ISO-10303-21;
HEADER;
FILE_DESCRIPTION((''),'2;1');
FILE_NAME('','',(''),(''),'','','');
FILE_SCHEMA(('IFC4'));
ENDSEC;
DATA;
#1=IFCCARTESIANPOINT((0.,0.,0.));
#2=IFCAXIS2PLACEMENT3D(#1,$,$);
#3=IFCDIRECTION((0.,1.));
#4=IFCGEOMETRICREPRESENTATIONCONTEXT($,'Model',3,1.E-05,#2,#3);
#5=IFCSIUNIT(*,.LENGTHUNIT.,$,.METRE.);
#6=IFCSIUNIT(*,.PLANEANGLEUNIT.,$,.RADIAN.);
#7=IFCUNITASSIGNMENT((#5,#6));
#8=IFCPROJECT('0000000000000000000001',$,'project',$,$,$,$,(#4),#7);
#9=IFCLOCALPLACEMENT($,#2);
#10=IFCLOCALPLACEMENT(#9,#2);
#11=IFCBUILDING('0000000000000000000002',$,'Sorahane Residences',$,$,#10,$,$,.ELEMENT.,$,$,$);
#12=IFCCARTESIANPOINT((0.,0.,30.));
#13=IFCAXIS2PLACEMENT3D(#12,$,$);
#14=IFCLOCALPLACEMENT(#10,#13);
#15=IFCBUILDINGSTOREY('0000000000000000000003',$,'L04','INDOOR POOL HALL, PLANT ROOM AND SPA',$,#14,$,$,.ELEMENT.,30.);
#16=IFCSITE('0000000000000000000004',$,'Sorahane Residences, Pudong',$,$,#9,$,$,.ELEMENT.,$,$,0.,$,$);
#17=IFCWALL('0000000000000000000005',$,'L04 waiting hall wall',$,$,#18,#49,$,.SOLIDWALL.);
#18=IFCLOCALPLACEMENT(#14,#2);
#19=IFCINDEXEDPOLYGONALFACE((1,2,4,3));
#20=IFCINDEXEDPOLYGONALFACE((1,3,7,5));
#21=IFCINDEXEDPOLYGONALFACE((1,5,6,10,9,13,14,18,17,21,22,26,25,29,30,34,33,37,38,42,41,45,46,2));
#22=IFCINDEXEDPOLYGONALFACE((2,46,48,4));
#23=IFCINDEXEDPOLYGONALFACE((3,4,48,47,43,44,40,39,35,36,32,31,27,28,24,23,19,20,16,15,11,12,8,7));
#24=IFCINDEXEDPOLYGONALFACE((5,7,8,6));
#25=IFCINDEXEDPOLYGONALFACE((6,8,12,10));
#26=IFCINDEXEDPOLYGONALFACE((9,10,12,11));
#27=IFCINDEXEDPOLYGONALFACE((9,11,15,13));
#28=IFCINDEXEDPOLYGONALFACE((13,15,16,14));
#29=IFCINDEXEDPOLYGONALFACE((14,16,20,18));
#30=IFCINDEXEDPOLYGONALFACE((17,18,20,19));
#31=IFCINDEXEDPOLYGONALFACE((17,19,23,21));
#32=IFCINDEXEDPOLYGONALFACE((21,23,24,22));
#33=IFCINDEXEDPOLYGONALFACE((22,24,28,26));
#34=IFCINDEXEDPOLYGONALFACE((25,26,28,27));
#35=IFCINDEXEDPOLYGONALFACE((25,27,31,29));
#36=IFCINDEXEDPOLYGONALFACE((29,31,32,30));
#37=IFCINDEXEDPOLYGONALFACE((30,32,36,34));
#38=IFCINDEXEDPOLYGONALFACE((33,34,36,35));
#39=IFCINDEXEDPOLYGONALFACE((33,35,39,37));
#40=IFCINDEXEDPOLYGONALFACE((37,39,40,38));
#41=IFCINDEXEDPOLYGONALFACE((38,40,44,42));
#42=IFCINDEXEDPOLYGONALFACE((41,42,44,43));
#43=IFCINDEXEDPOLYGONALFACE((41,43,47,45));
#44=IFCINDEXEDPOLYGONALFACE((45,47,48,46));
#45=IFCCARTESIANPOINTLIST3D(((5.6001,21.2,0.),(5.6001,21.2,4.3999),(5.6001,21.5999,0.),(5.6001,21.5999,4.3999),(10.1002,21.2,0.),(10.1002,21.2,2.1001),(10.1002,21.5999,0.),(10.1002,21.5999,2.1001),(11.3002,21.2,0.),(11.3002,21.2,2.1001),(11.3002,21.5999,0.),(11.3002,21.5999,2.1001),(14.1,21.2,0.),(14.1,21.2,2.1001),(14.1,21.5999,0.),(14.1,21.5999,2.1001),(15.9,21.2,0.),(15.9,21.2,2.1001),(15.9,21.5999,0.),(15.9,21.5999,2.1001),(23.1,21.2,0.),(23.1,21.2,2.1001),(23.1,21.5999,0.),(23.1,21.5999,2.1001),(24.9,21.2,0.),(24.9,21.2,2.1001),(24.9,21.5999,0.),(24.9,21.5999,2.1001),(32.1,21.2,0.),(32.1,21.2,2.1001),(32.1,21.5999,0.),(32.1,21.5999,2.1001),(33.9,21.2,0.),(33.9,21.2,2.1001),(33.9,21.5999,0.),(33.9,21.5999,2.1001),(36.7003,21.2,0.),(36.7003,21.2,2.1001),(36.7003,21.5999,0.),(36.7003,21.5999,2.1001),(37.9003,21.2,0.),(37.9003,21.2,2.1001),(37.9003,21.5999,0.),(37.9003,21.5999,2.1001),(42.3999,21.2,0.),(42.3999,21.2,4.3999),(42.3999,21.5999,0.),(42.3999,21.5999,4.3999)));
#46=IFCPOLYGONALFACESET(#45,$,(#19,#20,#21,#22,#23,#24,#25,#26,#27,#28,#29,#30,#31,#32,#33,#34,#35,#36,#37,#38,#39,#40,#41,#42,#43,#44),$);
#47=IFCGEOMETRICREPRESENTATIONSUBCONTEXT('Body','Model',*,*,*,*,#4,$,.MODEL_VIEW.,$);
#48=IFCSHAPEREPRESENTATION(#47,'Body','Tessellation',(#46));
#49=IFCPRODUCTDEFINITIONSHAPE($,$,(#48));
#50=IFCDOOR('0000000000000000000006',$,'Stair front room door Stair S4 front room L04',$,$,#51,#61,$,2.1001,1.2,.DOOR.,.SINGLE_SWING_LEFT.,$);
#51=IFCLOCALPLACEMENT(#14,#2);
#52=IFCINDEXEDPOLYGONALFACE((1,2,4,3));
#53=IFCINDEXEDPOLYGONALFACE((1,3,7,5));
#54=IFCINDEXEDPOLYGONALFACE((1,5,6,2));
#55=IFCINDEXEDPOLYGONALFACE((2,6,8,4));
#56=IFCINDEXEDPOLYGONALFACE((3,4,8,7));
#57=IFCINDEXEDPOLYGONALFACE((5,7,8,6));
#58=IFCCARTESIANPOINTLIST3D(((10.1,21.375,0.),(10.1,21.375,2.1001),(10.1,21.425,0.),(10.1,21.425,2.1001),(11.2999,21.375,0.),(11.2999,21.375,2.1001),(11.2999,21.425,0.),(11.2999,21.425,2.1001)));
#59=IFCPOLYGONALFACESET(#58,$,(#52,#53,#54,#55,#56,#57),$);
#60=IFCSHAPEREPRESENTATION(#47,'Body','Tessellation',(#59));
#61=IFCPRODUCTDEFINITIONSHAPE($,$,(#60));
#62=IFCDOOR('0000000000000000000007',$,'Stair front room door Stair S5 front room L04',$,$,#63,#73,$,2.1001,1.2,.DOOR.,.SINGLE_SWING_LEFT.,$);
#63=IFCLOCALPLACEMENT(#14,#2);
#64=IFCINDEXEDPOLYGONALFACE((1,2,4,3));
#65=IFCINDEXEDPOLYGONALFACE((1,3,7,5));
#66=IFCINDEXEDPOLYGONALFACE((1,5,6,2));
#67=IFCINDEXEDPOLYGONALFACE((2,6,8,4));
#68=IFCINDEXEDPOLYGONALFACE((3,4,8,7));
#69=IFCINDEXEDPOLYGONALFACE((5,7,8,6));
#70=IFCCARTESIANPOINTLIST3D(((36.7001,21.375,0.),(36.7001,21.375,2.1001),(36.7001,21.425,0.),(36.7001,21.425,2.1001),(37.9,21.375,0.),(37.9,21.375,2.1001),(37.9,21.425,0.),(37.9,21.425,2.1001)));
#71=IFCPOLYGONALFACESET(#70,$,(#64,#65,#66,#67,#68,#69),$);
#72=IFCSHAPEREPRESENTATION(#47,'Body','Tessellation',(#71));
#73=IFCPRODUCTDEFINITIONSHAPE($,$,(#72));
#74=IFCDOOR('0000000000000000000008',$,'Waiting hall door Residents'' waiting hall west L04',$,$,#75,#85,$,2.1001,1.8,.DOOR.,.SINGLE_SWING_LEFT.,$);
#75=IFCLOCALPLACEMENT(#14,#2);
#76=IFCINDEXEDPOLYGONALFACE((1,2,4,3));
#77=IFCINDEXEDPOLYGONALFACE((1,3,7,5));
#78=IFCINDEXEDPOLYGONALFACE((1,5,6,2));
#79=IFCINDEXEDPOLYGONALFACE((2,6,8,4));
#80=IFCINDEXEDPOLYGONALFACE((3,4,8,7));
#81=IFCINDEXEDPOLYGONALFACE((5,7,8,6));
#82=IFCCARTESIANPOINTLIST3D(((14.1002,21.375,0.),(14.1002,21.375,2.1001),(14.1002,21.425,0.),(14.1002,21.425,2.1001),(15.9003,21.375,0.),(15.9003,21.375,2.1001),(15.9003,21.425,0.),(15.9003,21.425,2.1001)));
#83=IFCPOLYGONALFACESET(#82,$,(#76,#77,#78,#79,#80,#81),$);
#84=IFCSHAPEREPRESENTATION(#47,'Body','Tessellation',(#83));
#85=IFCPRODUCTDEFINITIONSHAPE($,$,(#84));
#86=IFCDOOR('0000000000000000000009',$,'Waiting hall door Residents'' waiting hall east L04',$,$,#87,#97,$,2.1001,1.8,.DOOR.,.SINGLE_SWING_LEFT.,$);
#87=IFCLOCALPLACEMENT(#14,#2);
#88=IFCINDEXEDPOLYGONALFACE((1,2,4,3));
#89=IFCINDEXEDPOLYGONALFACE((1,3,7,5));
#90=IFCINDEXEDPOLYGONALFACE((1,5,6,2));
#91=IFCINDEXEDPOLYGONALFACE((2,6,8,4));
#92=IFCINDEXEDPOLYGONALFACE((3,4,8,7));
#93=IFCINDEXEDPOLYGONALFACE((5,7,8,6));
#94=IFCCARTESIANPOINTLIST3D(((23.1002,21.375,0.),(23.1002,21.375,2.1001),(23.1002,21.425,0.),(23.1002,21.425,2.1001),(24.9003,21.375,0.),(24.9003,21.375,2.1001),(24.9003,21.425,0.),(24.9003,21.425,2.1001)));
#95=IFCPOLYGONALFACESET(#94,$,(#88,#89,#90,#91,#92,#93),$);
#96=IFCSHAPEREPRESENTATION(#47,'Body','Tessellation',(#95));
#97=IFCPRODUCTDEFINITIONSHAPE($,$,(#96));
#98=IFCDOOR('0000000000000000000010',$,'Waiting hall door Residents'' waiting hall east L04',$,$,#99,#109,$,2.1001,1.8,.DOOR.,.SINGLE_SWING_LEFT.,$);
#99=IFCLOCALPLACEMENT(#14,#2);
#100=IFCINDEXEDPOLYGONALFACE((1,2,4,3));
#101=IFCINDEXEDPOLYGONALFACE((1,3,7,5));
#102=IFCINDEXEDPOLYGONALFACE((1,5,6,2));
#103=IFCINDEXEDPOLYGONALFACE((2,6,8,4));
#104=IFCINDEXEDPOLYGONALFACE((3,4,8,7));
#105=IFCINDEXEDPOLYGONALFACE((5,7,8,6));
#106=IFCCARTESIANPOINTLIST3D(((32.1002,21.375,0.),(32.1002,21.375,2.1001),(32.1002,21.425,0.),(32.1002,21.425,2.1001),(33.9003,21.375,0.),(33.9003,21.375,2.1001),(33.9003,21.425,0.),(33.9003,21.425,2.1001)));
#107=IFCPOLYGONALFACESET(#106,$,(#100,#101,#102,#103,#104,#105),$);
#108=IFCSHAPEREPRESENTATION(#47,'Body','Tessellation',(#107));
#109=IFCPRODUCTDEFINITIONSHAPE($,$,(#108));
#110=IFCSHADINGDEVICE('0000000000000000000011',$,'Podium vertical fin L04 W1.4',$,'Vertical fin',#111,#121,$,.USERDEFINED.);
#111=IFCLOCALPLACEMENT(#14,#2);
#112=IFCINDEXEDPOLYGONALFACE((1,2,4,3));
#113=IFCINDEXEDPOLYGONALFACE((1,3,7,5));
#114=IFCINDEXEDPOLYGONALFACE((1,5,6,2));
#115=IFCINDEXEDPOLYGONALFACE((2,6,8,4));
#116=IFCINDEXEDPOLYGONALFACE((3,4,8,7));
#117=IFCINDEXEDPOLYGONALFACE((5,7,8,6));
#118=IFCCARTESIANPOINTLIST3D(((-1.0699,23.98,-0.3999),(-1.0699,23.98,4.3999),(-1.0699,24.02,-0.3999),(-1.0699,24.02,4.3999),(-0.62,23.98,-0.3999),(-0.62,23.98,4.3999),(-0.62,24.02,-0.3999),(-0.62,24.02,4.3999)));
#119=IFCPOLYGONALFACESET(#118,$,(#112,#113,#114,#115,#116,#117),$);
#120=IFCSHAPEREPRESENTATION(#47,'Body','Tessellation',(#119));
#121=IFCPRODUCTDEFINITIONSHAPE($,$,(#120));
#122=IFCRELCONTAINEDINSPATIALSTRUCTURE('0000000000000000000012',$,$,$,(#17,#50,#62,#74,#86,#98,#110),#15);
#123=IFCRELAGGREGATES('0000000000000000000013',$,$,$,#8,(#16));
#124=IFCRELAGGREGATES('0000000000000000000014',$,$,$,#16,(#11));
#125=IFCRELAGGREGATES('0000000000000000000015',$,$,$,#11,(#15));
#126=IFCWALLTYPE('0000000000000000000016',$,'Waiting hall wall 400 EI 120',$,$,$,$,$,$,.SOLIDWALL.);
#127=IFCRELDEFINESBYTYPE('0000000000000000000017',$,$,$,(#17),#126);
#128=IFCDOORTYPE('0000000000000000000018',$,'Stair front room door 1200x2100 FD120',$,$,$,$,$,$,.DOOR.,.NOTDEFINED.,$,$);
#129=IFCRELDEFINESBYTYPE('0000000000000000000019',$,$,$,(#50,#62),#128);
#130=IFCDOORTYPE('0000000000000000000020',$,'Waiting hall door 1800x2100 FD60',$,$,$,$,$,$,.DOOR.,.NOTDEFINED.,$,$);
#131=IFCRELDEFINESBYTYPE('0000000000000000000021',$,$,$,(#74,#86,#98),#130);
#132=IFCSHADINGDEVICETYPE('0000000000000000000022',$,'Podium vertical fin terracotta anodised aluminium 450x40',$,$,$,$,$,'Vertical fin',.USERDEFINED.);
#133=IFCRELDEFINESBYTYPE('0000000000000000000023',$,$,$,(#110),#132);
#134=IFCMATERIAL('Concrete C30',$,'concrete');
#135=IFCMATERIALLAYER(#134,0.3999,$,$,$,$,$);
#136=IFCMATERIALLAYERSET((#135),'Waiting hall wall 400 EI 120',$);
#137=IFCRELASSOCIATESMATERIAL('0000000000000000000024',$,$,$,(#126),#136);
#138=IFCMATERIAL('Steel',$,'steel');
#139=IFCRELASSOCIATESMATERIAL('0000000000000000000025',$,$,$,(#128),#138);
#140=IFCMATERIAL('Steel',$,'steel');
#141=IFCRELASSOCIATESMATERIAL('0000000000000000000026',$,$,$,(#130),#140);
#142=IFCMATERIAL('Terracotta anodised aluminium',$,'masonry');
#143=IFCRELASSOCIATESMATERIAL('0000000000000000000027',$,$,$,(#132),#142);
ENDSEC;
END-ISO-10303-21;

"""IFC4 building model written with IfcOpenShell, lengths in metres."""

from ifc_helpers import new_model, si_unit, direction, frame, frame_2d, origin, origin_2d, place, context, subcontext, project, spatial, rectangle, extrude, material, layer, layer_set, material_profile, profile_set, type_object, element, fill, save


model = new_model("IFC4")

# Units and contexts
model_context = context("Model", 3, precision=1e-05, world=origin(), true_north=direction((0.0, 1.0)))
body_context = subcontext(model_context, "Body", "Model", "MODEL_VIEW")
ifc_project = project(units=[si_unit("LENGTHUNIT", "METRE"), si_unit("PLANEANGLEUNIT", "RADIAN")], contexts=[model_context])

# Site, building, storey
site_placement = place(None, origin())
site = spatial("IfcSite", under=ifc_project, at=site_placement, Name="Sorahane Residences, Pudong", CompositionType="ELEMENT", RefElevation=0.0)
building_placement = place(site_placement, origin())
building = spatial("IfcBuilding", under=site, at=building_placement, Name="Sorahane Residences", CompositionType="ELEMENT")
storey_placement = place(building_placement, frame((0.0, 0.0, 30.0)))
storey = spatial("IfcBuildingStorey", under=building, at=storey_placement, Name="L04", Description="INDOOR POOL HALL, PLANT ROOM AND SPA", CompositionType="ELEMENT", Elevation=30.0)

# Wall, openings, doors
ifc_material_1 = material(Name="Concrete C30", Category="concrete")
ifc_layer_1 = layer(ifc_material_1, 0.3999)
ifc_layer_set_1 = layer_set([ifc_layer_1], Name="Waiting hall wall 400 EI 120")
wall_type_1 = type_object("IfcWallType", Name="Waiting hall wall 400 EI 120", PredefinedType="SOLIDWALL", material=ifc_layer_set_1)
wall_1_placement = place(storey_placement, frame((5.6001, 21.3999, 0.0), z_axis=(0.0, 0.0, 1.0), x_axis=(1.0, 0.0, 0.0)))
wall_1 = element("IfcWall", 1, at=wall_1_placement, inside=storey, type_object=wall_type_1, Name="L04 waiting hall wall", PredefinedType="SOLIDWALL", context=body_context, shape_type="SweptSolid", body=[
    extrude(rectangle(XDim=36.7998, YDim=0.3999, at=frame_2d((18.3999, 0.0))), origin(), (0.0, 0.0, 1.0), 4.3999),
])
opening_1_placement = place(wall_1_placement, frame((8.5, 0.0, 0.0)))
opening_1 = element("IfcOpeningElement", 2, at=opening_1_placement, cuts=wall_1, PredefinedType="OPENING", context=body_context, shape_type="SweptSolid", body=[
    extrude(rectangle(XDim=1.8, YDim=2.1001, at=frame_2d((0.8999, 1.05))), frame((0.0, 0.21, 0.0), z_axis=(0.0, -1.0, 0.0), x_axis=(1.0, 0.0, 0.0)), (0.0, 0.0, 1.0), 0.4199),
])
opening_2_placement = place(wall_1_placement, frame((17.5, 0.0, 0.0)))
opening_2 = element("IfcOpeningElement", 3, at=opening_2_placement, cuts=wall_1, PredefinedType="OPENING", context=body_context, shape_type="SweptSolid", body=[
    extrude(rectangle(XDim=1.8, YDim=2.1001, at=frame_2d((0.8999, 1.05))), frame((0.0, 0.21, 0.0), z_axis=(0.0, -1.0, 0.0), x_axis=(1.0, 0.0, 0.0)), (0.0, 0.0, 1.0), 0.4199),
])
opening_3_placement = place(wall_1_placement, frame((26.5, 0.0, 0.0)))
opening_3 = element("IfcOpeningElement", 4, at=opening_3_placement, cuts=wall_1, PredefinedType="OPENING", context=body_context, shape_type="SweptSolid", body=[
    extrude(rectangle(XDim=1.8, YDim=2.1001, at=frame_2d((0.8999, 1.05))), frame((0.0, 0.21, 0.0), z_axis=(0.0, -1.0, 0.0), x_axis=(1.0, 0.0, 0.0)), (0.0, 0.0, 1.0), 0.4199),
])
opening_4_placement = place(wall_1_placement, frame((4.5, 0.0, 0.0)))
opening_4 = element("IfcOpeningElement", 5, at=opening_4_placement, cuts=wall_1, PredefinedType="OPENING", context=body_context, shape_type="SweptSolid", body=[
    extrude(rectangle(XDim=1.2, YDim=2.1001, at=frame_2d((0.6001, 1.05))), frame((0.0, 0.21, 0.0), z_axis=(0.0, -1.0, 0.0), x_axis=(1.0, 0.0, 0.0)), (0.0, 0.0, 1.0), 0.4199),
])
opening_5_placement = place(wall_1_placement, frame((31.1001, 0.0, 0.0)))
opening_5 = element("IfcOpeningElement", 6, at=opening_5_placement, cuts=wall_1, PredefinedType="OPENING", context=body_context, shape_type="SweptSolid", body=[
    extrude(rectangle(XDim=1.2, YDim=2.1001, at=frame_2d((0.6001, 1.05))), frame((0.0, 0.21, 0.0), z_axis=(0.0, -1.0, 0.0), x_axis=(1.0, 0.0, 0.0)), (0.0, 0.0, 1.0), 0.4199),
])
ifc_material_2 = material(Name="Steel", Category="steel")
door_type_1 = type_object("IfcDoorType", Name="Stair front room door 1200x2100 FD120", OperationType="NOTDEFINED", PredefinedType="DOOR", material=ifc_material_2)
door_1_placement = place(opening_4_placement, frame((1.2, 0.0, 0.0), z_axis=(0.0, 0.0, 1.0), x_axis=(-1.0, 0.0, 0.0)))
door_1 = element("IfcDoor", 7, at=door_1_placement, inside=storey, type_object=door_type_1, Name="Stair front room door Stair S4 front room L04", OperationType="SINGLE_SWING_LEFT", OverallHeight=2.1001, OverallWidth=1.2, PredefinedType="DOOR", context=body_context, shape_type="SweptSolid", body=[
    extrude(rectangle(XDim=1.2, YDim=2.1001, at=frame_2d((0.6001, 1.05))), frame((0.0, 0.0249, 0.0), z_axis=(0.0, -1.0, 0.0), x_axis=(1.0, 0.0, 0.0)), (0.0, 0.0, 1.0), 0.05),
])
fill(opening_4, door_1)
door_2_placement = place(opening_5_placement, frame((1.2, 0.0, 0.0), z_axis=(0.0, 0.0, 1.0), x_axis=(-1.0, 0.0, 0.0)))
door_2 = element("IfcDoor", 8, at=door_2_placement, inside=storey, type_object=door_type_1, Name="Stair front room door Stair S5 front room L04", OperationType="SINGLE_SWING_LEFT", OverallHeight=2.1001, OverallWidth=1.2, PredefinedType="DOOR", context=body_context, shape_type="SweptSolid", body=[
    extrude(rectangle(XDim=1.2, YDim=2.1001, at=frame_2d((0.6001, 1.05))), frame((0.0, 0.0249, 0.0), z_axis=(0.0, -1.0, 0.0), x_axis=(1.0, 0.0, 0.0)), (0.0, 0.0, 1.0), 0.05),
])
fill(opening_5, door_2)
ifc_material_3 = material(Name="Steel", Category="steel")
door_type_2 = type_object("IfcDoorType", Name="Waiting hall door 1800x2100 FD60", OperationType="NOTDEFINED", PredefinedType="DOOR", material=ifc_material_3)
door_3_placement = place(opening_1_placement, frame((1.8, 0.0, 0.0), z_axis=(0.0, 0.0, 1.0), x_axis=(-1.0, 0.0, 0.0)))
door_3 = element("IfcDoor", 9, at=door_3_placement, inside=storey, type_object=door_type_2, Name="Waiting hall door Residents' waiting hall west L04", OperationType="SINGLE_SWING_LEFT", OverallHeight=2.1001, OverallWidth=1.8, PredefinedType="DOOR", context=body_context, shape_type="SweptSolid", body=[
    extrude(rectangle(XDim=1.8, YDim=2.1001, at=frame_2d((0.8999, 1.05))), frame((0.0, 0.0249, 0.0), z_axis=(0.0, -1.0, 0.0), x_axis=(1.0, 0.0, 0.0)), (0.0, 0.0, 1.0), 0.05),
])
fill(opening_1, door_3)
door_4_placement = place(opening_2_placement, frame((1.8, 0.0, 0.0), z_axis=(0.0, 0.0, 1.0), x_axis=(-1.0, 0.0, 0.0)))
door_4 = element("IfcDoor", 10, at=door_4_placement, inside=storey, type_object=door_type_2, Name="Waiting hall door Residents' waiting hall east L04", OperationType="SINGLE_SWING_LEFT", OverallHeight=2.1001, OverallWidth=1.8, PredefinedType="DOOR", context=body_context, shape_type="SweptSolid", body=[
    extrude(rectangle(XDim=1.8, YDim=2.1001, at=frame_2d((0.8999, 1.05))), frame((0.0, 0.0249, 0.0), z_axis=(0.0, -1.0, 0.0), x_axis=(1.0, 0.0, 0.0)), (0.0, 0.0, 1.0), 0.05),
])
fill(opening_2, door_4)
door_5_placement = place(opening_3_placement, frame((1.8, 0.0, 0.0), z_axis=(0.0, 0.0, 1.0), x_axis=(-1.0, 0.0, 0.0)))
door_5 = element("IfcDoor", 11, at=door_5_placement, inside=storey, type_object=door_type_2, Name="Waiting hall door Residents' waiting hall east L04", OperationType="SINGLE_SWING_LEFT", OverallHeight=2.1001, OverallWidth=1.8, PredefinedType="DOOR", context=body_context, shape_type="SweptSolid", body=[
    extrude(rectangle(XDim=1.8, YDim=2.1001, at=frame_2d((0.8999, 1.05))), frame((0.0, 0.0249, 0.0), z_axis=(0.0, -1.0, 0.0), x_axis=(1.0, 0.0, 0.0)), (0.0, 0.0, 1.0), 0.05),
])
fill(opening_3, door_5)

# Shading device
ifc_material_4 = material(Name="Terracotta anodised aluminium", Category="masonry")
ifc_material_profile_1 = material_profile(ifc_material_4, rectangle(XDim=0.45, YDim=0.04, at=origin_2d()), Name="Podium vertical fin terracotta anodised aluminium 450x40")
ifc_profile_set_1 = profile_set([ifc_material_profile_1], Name="Terracotta anodised aluminium")
shading_device_type = type_object("IfcShadingDeviceType", Name="Podium vertical fin terracotta anodised aluminium 450x40", ElementType="Vertical fin", PredefinedType="USERDEFINED", material=ifc_profile_set_1)
shading_device_placement = place(storey_placement, frame((-0.845, 24.0, -0.3999), z_axis=(0.0, 0.0, 1.0), x_axis=(-1.0, 0.0, 0.0)))
element("IfcShadingDevice", 12, at=shading_device_placement, inside=storey, type_object=shading_device_type, Name="Podium vertical fin L04 W1.4", ObjectType="Vertical fin", PredefinedType="USERDEFINED", context=body_context, shape_type="SweptSolid", body=[
    extrude(rectangle(XDim=0.45, YDim=0.04, at=origin_2d()), origin(), (0.0, 0.0, 1.0), 4.7998),
])

save(model, "model.ifc")
